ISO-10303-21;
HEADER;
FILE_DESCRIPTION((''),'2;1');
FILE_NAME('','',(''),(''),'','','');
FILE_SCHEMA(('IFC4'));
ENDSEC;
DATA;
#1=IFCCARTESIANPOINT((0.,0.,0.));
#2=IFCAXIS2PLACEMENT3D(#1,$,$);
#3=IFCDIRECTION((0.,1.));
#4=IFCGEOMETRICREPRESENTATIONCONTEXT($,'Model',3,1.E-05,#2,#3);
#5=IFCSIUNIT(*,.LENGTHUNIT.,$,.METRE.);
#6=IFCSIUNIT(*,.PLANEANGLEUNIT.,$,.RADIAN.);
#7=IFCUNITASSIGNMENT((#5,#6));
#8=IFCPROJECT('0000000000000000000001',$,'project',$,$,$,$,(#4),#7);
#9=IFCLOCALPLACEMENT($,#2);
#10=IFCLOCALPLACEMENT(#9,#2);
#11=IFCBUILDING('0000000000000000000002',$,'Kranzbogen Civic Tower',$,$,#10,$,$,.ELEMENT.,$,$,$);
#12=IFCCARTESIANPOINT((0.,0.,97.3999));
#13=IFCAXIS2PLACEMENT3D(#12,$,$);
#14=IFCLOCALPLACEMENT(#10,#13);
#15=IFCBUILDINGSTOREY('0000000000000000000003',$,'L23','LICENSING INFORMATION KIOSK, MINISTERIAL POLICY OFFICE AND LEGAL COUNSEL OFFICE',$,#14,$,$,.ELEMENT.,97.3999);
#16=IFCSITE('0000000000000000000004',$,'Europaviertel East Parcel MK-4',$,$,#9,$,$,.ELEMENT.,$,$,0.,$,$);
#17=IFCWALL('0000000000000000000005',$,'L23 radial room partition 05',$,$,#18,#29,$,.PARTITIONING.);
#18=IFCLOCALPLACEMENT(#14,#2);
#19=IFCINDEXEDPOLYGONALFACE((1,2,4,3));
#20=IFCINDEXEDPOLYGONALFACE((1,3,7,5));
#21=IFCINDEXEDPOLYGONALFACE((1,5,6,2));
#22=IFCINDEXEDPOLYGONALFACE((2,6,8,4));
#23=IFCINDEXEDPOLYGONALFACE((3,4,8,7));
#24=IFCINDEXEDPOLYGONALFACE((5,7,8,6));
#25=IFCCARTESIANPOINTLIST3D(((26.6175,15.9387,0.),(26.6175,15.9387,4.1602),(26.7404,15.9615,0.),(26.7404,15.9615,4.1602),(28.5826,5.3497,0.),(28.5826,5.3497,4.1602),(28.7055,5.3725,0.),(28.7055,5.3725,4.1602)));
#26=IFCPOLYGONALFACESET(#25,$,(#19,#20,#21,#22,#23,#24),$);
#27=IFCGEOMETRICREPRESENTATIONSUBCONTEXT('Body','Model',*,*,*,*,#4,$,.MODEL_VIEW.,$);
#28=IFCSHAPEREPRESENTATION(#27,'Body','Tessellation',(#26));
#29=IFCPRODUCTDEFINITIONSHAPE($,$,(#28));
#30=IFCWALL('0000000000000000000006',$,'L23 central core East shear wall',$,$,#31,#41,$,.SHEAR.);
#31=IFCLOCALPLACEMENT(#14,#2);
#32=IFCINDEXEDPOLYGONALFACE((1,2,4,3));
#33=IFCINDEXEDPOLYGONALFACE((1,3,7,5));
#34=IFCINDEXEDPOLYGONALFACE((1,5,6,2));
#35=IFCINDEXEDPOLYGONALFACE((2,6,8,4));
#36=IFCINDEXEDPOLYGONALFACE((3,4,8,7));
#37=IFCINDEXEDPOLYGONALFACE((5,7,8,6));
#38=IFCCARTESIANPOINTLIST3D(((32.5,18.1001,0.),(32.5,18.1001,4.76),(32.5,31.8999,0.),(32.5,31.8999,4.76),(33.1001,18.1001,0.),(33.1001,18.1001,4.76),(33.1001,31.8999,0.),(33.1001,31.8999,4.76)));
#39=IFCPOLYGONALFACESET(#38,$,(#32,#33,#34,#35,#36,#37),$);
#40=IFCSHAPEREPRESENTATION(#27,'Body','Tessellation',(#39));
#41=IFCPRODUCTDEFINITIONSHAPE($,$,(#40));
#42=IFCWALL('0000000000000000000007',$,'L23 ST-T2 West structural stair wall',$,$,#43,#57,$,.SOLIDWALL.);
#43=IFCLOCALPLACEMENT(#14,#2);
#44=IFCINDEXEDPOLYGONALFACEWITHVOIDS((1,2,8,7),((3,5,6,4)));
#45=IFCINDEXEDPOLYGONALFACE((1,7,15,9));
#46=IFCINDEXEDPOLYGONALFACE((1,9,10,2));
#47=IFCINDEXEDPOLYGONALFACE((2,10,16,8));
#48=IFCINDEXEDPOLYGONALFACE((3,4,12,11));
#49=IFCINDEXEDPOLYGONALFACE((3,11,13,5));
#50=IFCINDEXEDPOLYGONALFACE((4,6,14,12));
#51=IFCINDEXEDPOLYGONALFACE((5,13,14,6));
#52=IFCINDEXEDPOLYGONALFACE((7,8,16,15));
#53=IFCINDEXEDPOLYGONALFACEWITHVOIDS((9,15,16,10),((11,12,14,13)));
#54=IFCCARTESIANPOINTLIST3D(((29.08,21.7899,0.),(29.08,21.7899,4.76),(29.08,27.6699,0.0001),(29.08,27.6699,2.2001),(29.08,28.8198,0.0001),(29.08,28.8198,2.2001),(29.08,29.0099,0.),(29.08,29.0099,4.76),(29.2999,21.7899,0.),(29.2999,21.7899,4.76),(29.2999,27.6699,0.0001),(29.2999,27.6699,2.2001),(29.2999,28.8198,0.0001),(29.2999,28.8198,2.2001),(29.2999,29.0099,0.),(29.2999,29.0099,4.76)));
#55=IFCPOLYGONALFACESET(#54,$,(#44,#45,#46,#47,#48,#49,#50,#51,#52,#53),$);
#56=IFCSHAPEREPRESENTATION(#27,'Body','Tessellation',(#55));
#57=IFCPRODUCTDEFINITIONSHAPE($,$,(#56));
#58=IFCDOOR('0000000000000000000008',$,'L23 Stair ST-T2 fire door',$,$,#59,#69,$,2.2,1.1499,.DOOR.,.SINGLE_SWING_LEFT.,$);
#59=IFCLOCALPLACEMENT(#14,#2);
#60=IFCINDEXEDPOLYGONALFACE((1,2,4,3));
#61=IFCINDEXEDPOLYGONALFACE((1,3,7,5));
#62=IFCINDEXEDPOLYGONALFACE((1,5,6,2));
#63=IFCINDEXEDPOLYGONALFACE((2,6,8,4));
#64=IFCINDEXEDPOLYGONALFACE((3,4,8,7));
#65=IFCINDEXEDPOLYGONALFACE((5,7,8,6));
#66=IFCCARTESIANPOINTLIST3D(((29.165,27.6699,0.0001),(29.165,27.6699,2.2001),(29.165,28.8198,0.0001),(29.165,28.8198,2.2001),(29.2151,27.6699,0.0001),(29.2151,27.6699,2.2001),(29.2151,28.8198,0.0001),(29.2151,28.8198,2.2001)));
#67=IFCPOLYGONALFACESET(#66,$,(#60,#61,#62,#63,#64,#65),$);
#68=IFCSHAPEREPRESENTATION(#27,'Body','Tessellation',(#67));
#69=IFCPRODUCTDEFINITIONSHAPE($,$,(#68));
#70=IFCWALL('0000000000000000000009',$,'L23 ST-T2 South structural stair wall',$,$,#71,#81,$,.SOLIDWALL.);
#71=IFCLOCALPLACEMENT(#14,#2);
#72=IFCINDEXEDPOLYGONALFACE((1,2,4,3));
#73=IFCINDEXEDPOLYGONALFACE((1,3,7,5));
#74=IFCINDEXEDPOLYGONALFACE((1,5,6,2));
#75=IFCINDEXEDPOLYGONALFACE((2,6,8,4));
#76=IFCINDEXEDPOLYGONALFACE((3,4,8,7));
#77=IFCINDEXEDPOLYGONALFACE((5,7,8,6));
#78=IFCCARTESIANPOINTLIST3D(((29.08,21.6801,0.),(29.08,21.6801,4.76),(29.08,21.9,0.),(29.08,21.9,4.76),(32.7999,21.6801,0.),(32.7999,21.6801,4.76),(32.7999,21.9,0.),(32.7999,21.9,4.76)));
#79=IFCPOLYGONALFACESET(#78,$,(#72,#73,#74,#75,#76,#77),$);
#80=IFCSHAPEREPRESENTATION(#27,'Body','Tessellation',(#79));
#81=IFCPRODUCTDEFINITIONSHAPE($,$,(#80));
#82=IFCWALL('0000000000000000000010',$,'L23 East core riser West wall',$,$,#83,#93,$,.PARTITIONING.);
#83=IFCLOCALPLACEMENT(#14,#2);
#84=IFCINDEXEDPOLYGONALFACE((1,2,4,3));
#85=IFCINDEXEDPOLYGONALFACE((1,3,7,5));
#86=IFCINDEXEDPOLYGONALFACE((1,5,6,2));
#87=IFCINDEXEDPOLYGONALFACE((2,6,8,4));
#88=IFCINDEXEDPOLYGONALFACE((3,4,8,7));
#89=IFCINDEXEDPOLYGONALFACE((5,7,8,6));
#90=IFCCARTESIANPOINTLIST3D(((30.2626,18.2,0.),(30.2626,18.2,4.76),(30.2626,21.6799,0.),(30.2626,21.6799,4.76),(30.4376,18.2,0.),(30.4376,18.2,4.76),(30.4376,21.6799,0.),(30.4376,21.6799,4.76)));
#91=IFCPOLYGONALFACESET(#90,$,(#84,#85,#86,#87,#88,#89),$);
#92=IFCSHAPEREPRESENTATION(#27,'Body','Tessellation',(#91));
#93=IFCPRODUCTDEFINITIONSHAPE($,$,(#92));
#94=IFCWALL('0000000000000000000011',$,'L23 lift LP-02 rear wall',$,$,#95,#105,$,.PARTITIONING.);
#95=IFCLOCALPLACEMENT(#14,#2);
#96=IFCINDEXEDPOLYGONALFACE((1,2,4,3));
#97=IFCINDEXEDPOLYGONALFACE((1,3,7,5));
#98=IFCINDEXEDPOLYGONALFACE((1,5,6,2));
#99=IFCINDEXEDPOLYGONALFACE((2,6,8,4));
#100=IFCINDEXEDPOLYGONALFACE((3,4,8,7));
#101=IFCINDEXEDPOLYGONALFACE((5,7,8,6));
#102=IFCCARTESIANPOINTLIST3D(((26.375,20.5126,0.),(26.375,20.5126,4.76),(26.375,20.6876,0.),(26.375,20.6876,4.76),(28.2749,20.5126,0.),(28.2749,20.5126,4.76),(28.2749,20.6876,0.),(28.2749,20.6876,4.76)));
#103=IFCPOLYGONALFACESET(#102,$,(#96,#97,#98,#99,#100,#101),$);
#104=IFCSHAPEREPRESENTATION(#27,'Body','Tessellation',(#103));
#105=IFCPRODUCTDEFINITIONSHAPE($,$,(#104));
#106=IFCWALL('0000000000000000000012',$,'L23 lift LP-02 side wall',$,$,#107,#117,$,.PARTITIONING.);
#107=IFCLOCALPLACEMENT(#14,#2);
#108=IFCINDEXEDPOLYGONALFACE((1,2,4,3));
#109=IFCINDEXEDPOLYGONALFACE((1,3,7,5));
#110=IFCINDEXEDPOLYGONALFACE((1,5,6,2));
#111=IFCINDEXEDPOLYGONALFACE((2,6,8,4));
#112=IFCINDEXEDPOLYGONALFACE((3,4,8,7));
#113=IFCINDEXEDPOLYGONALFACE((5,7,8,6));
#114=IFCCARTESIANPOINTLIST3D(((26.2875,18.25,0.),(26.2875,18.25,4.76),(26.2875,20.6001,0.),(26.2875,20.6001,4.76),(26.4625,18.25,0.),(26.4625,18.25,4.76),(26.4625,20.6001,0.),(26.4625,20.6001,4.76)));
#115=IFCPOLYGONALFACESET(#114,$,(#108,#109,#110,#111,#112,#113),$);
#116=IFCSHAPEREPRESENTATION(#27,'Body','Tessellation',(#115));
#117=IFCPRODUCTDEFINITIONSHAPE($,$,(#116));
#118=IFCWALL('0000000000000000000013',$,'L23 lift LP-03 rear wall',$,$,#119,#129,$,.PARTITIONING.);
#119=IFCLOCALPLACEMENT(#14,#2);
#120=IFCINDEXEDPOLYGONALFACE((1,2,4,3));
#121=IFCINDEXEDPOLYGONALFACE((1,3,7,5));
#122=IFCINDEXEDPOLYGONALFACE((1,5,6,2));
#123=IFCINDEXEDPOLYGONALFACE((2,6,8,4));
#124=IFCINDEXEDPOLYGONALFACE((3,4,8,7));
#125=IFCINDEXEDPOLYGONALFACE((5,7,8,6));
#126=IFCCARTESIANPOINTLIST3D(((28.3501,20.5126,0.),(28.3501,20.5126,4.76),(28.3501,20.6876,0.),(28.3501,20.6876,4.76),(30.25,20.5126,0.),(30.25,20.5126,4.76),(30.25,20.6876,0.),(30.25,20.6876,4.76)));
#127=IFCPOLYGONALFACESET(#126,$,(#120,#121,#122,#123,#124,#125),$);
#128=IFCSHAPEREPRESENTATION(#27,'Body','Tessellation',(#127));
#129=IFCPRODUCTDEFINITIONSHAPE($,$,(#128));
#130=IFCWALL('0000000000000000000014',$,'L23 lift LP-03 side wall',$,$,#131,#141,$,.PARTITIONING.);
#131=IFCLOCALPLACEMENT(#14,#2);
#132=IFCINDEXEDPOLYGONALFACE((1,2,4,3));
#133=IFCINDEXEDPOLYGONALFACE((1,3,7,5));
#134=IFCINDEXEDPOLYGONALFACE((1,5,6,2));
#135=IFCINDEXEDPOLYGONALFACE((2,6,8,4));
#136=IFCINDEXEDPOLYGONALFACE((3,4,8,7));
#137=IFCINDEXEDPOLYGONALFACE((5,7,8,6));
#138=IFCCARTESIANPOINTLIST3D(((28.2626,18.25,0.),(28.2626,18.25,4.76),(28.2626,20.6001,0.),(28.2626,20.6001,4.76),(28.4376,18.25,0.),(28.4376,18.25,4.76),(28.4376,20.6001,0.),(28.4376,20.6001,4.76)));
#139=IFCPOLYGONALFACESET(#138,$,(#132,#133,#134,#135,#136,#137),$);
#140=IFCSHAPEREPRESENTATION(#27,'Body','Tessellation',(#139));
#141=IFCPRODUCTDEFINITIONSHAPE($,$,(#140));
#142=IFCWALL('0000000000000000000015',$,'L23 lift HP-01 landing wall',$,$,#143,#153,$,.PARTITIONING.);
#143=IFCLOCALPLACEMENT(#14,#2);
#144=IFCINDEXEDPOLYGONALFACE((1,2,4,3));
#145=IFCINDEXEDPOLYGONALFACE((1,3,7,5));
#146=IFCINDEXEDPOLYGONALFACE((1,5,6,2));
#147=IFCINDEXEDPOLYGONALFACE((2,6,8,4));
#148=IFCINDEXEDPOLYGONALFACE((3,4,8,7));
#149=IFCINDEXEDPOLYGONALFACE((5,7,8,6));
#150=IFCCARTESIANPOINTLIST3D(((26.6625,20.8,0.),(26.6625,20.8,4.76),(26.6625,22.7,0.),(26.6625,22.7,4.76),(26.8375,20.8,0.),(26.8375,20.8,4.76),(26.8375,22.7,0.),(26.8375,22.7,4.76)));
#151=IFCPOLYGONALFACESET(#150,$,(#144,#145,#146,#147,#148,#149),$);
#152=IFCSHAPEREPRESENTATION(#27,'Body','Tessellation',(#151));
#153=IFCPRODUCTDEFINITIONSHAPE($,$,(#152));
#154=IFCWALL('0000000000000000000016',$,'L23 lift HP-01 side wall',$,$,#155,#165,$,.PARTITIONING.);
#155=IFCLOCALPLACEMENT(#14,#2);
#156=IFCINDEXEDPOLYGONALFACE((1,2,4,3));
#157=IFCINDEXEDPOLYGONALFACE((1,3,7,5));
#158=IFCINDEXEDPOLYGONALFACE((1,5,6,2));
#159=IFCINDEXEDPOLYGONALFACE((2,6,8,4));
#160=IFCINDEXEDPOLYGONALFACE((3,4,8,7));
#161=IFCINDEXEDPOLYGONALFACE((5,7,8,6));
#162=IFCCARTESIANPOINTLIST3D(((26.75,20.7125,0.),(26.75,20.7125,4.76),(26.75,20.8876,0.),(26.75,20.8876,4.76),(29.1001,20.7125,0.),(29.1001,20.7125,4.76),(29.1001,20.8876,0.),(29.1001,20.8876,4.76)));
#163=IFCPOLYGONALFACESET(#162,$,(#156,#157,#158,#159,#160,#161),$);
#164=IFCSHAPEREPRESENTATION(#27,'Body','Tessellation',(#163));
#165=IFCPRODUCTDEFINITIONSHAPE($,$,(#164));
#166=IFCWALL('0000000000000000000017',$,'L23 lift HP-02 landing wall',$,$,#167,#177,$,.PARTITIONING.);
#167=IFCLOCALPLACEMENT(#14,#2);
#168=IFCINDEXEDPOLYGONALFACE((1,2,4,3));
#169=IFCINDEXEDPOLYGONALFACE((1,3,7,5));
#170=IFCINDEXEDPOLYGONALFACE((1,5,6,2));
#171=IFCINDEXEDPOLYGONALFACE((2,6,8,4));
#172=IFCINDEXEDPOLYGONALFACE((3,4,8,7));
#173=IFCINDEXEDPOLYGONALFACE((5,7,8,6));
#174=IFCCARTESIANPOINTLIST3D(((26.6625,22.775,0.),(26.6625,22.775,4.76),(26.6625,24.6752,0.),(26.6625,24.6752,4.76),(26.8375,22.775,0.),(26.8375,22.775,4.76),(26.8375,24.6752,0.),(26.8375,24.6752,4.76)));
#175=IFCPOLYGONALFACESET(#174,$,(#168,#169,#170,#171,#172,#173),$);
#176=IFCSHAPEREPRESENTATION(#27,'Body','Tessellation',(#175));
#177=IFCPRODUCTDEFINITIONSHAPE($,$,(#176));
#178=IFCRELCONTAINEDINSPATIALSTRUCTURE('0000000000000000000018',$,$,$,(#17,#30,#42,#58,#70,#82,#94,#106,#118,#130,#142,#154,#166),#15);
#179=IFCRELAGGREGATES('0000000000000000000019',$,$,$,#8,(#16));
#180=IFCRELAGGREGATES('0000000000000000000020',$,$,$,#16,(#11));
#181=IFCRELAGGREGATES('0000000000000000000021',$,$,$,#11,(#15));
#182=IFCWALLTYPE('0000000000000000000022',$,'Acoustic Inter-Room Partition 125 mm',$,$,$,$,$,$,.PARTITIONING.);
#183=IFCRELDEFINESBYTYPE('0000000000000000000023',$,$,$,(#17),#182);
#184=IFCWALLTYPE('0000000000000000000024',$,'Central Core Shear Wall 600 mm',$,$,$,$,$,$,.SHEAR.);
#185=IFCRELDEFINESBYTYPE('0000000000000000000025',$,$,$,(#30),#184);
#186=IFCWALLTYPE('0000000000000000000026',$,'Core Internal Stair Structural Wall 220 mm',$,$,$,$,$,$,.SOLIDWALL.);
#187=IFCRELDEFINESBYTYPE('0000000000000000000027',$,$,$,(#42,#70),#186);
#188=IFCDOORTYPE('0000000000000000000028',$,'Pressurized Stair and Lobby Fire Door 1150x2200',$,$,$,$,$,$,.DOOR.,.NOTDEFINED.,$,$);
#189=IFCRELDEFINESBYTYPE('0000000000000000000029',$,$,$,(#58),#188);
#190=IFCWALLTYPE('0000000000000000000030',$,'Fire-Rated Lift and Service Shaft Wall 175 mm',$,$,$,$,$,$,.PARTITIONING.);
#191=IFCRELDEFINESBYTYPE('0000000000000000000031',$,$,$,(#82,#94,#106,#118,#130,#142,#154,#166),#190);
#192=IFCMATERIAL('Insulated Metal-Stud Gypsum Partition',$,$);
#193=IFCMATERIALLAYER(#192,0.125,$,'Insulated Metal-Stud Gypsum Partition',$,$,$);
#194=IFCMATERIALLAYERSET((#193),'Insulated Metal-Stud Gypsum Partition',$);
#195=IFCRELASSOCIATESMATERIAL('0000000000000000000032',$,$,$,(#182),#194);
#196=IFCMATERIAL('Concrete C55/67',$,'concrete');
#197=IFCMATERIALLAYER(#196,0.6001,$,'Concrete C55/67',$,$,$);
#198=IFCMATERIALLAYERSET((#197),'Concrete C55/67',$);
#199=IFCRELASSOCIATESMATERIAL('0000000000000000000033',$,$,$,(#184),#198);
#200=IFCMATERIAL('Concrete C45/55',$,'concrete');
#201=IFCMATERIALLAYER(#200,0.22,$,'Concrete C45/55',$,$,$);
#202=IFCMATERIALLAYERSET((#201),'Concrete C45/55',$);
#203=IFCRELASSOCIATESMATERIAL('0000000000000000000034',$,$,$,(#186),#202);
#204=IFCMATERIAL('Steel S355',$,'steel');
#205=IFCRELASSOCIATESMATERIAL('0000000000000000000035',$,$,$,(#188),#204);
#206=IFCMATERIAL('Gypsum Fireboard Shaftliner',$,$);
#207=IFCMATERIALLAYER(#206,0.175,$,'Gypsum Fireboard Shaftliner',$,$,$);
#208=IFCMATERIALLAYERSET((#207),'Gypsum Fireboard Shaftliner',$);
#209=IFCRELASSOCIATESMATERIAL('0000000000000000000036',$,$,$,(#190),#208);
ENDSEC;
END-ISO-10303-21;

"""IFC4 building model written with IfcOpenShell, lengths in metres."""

from ifc_helpers import new_model, si_unit, direction, frame, frame_2d, origin, place, context, subcontext, project, spatial, rectangle, extrude, material, layer, layer_set, type_object, element, fill, save


model = new_model("IFC4")

# Units and contexts
model_context = context("Model", 3, precision=1e-05, world=origin(), true_north=direction((0.0, 1.0)))
body_context = subcontext(model_context, "Body", "Model", "MODEL_VIEW")
ifc_project = project(units=[si_unit("LENGTHUNIT", "METRE"), si_unit("PLANEANGLEUNIT", "RADIAN")], contexts=[model_context])

# Site, building, storey
site_placement = place(None, origin())
site = spatial("IfcSite", under=ifc_project, at=site_placement, Name="Europaviertel East Parcel MK-4", CompositionType="ELEMENT", RefElevation=0.0)
building_placement = place(site_placement, origin())
building = spatial("IfcBuilding", under=site, at=building_placement, Name="Kranzbogen Civic Tower", CompositionType="ELEMENT")
storey_placement = place(building_placement, frame((0.0, 0.0, 97.3999)))
storey = spatial("IfcBuildingStorey", under=building, at=storey_placement, Name="L23", Description="LICENSING INFORMATION KIOSK, MINISTERIAL POLICY OFFICE AND LEGAL COUNSEL OFFICE", CompositionType="ELEMENT", Elevation=97.3999)

# Shared definitions
ifc_material_1 = material(Name="Steel S355", Category="steel")

# Walls
ifc_material_2 = material(Name="Insulated Metal-Stud Gypsum Partition")
ifc_layer_1 = layer(ifc_material_2, 0.125, Name="Insulated Metal-Stud Gypsum Partition")
ifc_layer_set_1 = layer_set([ifc_layer_1], Name="Insulated Metal-Stud Gypsum Partition")
wall_type_1 = type_object("IfcWallType", Name="Acoustic Inter-Room Partition 125 mm", PredefinedType="PARTITIONING", material=ifc_layer_set_1)
wall_1_placement = place(storey_placement, frame((26.679, 15.95, 0.0), z_axis=(0.0, 0.0, 1.0), x_axis=(0.182465, -0.983212, 0.0)))
element("IfcWall", 1, at=wall_1_placement, inside=storey, type_object=wall_type_1, Name="L23 radial room partition 05", PredefinedType="PARTITIONING", context=body_context, shape_type="SweptSolid", body=[
    extrude(rectangle(XDim=10.7698, YDim=0.125, at=frame_2d((5.3848, 0.0))), origin(), (0.0, 0.0, 1.0), 4.1602),
])
ifc_material_3 = material(Name="Concrete C55/67", Category="concrete")
ifc_layer_2 = layer(ifc_material_3, 0.6001, Name="Concrete C55/67")
ifc_layer_set_2 = layer_set([ifc_layer_2], Name="Concrete C55/67")
wall_type_2 = type_object("IfcWallType", Name="Central Core Shear Wall 600 mm", PredefinedType="SHEAR", material=ifc_layer_set_2)
wall_2_placement = place(storey_placement, frame((32.8, 18.1001, 0.0), z_axis=(0.0, 0.0, 1.0), x_axis=(0.0, 1.0, 0.0)))
element("IfcWall", 2, at=wall_2_placement, inside=storey, type_object=wall_type_2, Name="L23 central core East shear wall", PredefinedType="SHEAR", context=body_context, shape_type="SweptSolid", body=[
    extrude(rectangle(XDim=13.7998, YDim=0.6001, at=frame_2d((6.8999, 0.0))), origin(), (0.0, 0.0, 1.0), 4.76),
])

# Wall, opening, door
ifc_material_4 = material(Name="Concrete C45/55", Category="concrete")
ifc_layer_3 = layer(ifc_material_4, 0.22, Name="Concrete C45/55")
ifc_layer_set_3 = layer_set([ifc_layer_3], Name="Concrete C45/55")
wall_type_3 = type_object("IfcWallType", Name="Core Internal Stair Structural Wall 220 mm", PredefinedType="SOLIDWALL", material=ifc_layer_set_3)
wall_3_placement = place(storey_placement, frame((29.1899, 21.79, 0.0), z_axis=(0.0, 0.0, 1.0), x_axis=(0.0, 1.0, 0.0)))
wall_3 = element("IfcWall", 3, at=wall_3_placement, inside=storey, type_object=wall_type_3, Name="L23 ST-T2 West structural stair wall", PredefinedType="SOLIDWALL", context=body_context, shape_type="SweptSolid", body=[
    extrude(rectangle(XDim=7.22, YDim=0.22, at=frame_2d((3.6099, 0.0))), origin(), (0.0, 0.0, 1.0), 4.76),
])
opening_1_placement = place(wall_3_placement, frame((5.8799, 0.0, 0.0)))
opening_1 = element("IfcOpeningElement", 4, at=opening_1_placement, cuts=wall_3, PredefinedType="OPENING", context=body_context, shape_type="SweptSolid", body=[
    extrude(rectangle(XDim=1.1499, YDim=2.2, at=frame_2d((0.575, 1.1001))), frame((0.0, 0.1201, 0.0), z_axis=(0.0, -1.0, 0.0), x_axis=(1.0, 0.0, 0.0)), (0.0, 0.0, 1.0), 0.24),
])
door_type_1 = type_object("IfcDoorType", Name="Pressurized Stair and Lobby Fire Door 1150x2200", OperationType="NOTDEFINED", PredefinedType="DOOR", material=ifc_material_1)
door_1_placement = place(opening_1_placement, origin())
door_1 = element("IfcDoor", 5, at=door_1_placement, inside=storey, type_object=door_type_1, Name="L23 Stair ST-T2 fire door", OperationType="SINGLE_SWING_LEFT", OverallHeight=2.2, OverallWidth=1.1499, PredefinedType="DOOR", context=body_context, shape_type="SweptSolid", body=[
    extrude(rectangle(XDim=1.1499, YDim=2.2, at=frame_2d((0.575, 1.1001))), frame((0.0, 0.0249, 0.0), z_axis=(0.0, -1.0, 0.0), x_axis=(1.0, 0.0, 0.0)), (0.0, 0.0, 1.0), 0.05),
])
fill(opening_1, door_1)

# Walls
wall_4_placement = place(storey_placement, frame((29.0801, 21.79, 0.0), z_axis=(0.0, 0.0, 1.0), x_axis=(1.0, 0.0, 0.0)))
element("IfcWall", 6, at=wall_4_placement, inside=storey, type_object=wall_type_3, Name="L23 ST-T2 South structural stair wall", PredefinedType="SOLIDWALL", context=body_context, shape_type="SweptSolid", body=[
    extrude(rectangle(XDim=3.72, YDim=0.22, at=frame_2d((1.8599, 0.0))), origin(), (0.0, 0.0, 1.0), 4.76),
])
ifc_material_5 = material(Name="Gypsum Fireboard Shaftliner")
ifc_layer_4 = layer(ifc_material_5, 0.175, Name="Gypsum Fireboard Shaftliner")
ifc_layer_set_4 = layer_set([ifc_layer_4], Name="Gypsum Fireboard Shaftliner")
wall_type_4 = type_object("IfcWallType", Name="Fire-Rated Lift and Service Shaft Wall 175 mm", PredefinedType="PARTITIONING", material=ifc_layer_set_4)
wall_5_placement = place(storey_placement, frame((30.3501, 18.2, 0.0), z_axis=(0.0, 0.0, 1.0), x_axis=(0.0, 1.0, 0.0)))
element("IfcWall", 7, at=wall_5_placement, inside=storey, type_object=wall_type_4, Name="L23 East core riser West wall", PredefinedType="PARTITIONING", context=body_context, shape_type="SweptSolid", body=[
    extrude(rectangle(XDim=3.48, YDim=0.175, at=frame_2d((1.74, 0.0))), origin(), (0.0, 0.0, 1.0), 4.76),
])
wall_6_placement = place(storey_placement, frame((26.375, 20.6001, 0.0), z_axis=(0.0, 0.0, 1.0), x_axis=(1.0, 0.0, 0.0)))
element("IfcWall", 8, at=wall_6_placement, inside=storey, type_object=wall_type_4, Name="L23 lift LP-02 rear wall", PredefinedType="PARTITIONING", context=body_context, shape_type="SweptSolid", body=[
    extrude(rectangle(XDim=1.8999, YDim=0.175, at=frame_2d((0.95, 0.0))), origin(), (0.0, 0.0, 1.0), 4.76),
])
wall_7_placement = place(storey_placement, frame((26.375, 18.25, 0.0), z_axis=(0.0, 0.0, 1.0), x_axis=(0.0, 1.0, 0.0)))
element("IfcWall", 9, at=wall_7_placement, inside=storey, type_object=wall_type_4, Name="L23 lift LP-02 side wall", PredefinedType="PARTITIONING", context=body_context, shape_type="SweptSolid", body=[
    extrude(rectangle(XDim=2.3501, YDim=0.175, at=frame_2d((1.175, 0.0))), origin(), (0.0, 0.0, 1.0), 4.76),
])
wall_8_placement = place(storey_placement, frame((28.3501, 20.6001, 0.0), z_axis=(0.0, 0.0, 1.0), x_axis=(1.0, 0.0, 0.0)))
element("IfcWall", 10, at=wall_8_placement, inside=storey, type_object=wall_type_4, Name="L23 lift LP-03 rear wall", PredefinedType="PARTITIONING", context=body_context, shape_type="SweptSolid", body=[
    extrude(rectangle(XDim=1.8999, YDim=0.175, at=frame_2d((0.95, 0.0))), origin(), (0.0, 0.0, 1.0), 4.76),
])
wall_9_placement = place(storey_placement, frame((28.3501, 18.25, 0.0), z_axis=(0.0, 0.0, 1.0), x_axis=(0.0, 1.0, 0.0)))
element("IfcWall", 11, at=wall_9_placement, inside=storey, type_object=wall_type_4, Name="L23 lift LP-03 side wall", PredefinedType="PARTITIONING", context=body_context, shape_type="SweptSolid", body=[
    extrude(rectangle(XDim=2.3501, YDim=0.175, at=frame_2d((1.175, 0.0))), origin(), (0.0, 0.0, 1.0), 4.76),
])
wall_10_placement = place(storey_placement, frame((26.75, 20.8, 0.0), z_axis=(0.0, 0.0, 1.0), x_axis=(0.0, 1.0, 0.0)))
element("IfcWall", 12, at=wall_10_placement, inside=storey, type_object=wall_type_4, Name="L23 lift HP-01 landing wall", PredefinedType="PARTITIONING", context=body_context, shape_type="SweptSolid", body=[
    extrude(rectangle(XDim=1.8999, YDim=0.175, at=frame_2d((0.95, 0.0))), origin(), (0.0, 0.0, 1.0), 4.76),
])
wall_11_placement = place(storey_placement, frame((26.75, 20.8, 0.0), z_axis=(0.0, 0.0, 1.0), x_axis=(1.0, 0.0, 0.0)))
element("IfcWall", 13, at=wall_11_placement, inside=storey, type_object=wall_type_4, Name="L23 lift HP-01 side wall", PredefinedType="PARTITIONING", context=body_context, shape_type="SweptSolid", body=[
    extrude(rectangle(XDim=2.3501, YDim=0.175, at=frame_2d((1.175, 0.0))), origin(), (0.0, 0.0, 1.0), 4.76),
])
wall_12_placement = place(storey_placement, frame((26.75, 22.7749, 0.0), z_axis=(0.0, 0.0, 1.0), x_axis=(0.0, 1.0, 0.0)))
element("IfcWall", 14, at=wall_12_placement, inside=storey, type_object=wall_type_4, Name="L23 lift HP-02 landing wall", PredefinedType="PARTITIONING", context=body_context, shape_type="SweptSolid", body=[
    extrude(rectangle(XDim=1.9001, YDim=0.175, at=frame_2d((0.9502, 0.0))), origin(), (0.0, 0.0, 1.0), 4.76),
])

save(model, "model.ifc")
